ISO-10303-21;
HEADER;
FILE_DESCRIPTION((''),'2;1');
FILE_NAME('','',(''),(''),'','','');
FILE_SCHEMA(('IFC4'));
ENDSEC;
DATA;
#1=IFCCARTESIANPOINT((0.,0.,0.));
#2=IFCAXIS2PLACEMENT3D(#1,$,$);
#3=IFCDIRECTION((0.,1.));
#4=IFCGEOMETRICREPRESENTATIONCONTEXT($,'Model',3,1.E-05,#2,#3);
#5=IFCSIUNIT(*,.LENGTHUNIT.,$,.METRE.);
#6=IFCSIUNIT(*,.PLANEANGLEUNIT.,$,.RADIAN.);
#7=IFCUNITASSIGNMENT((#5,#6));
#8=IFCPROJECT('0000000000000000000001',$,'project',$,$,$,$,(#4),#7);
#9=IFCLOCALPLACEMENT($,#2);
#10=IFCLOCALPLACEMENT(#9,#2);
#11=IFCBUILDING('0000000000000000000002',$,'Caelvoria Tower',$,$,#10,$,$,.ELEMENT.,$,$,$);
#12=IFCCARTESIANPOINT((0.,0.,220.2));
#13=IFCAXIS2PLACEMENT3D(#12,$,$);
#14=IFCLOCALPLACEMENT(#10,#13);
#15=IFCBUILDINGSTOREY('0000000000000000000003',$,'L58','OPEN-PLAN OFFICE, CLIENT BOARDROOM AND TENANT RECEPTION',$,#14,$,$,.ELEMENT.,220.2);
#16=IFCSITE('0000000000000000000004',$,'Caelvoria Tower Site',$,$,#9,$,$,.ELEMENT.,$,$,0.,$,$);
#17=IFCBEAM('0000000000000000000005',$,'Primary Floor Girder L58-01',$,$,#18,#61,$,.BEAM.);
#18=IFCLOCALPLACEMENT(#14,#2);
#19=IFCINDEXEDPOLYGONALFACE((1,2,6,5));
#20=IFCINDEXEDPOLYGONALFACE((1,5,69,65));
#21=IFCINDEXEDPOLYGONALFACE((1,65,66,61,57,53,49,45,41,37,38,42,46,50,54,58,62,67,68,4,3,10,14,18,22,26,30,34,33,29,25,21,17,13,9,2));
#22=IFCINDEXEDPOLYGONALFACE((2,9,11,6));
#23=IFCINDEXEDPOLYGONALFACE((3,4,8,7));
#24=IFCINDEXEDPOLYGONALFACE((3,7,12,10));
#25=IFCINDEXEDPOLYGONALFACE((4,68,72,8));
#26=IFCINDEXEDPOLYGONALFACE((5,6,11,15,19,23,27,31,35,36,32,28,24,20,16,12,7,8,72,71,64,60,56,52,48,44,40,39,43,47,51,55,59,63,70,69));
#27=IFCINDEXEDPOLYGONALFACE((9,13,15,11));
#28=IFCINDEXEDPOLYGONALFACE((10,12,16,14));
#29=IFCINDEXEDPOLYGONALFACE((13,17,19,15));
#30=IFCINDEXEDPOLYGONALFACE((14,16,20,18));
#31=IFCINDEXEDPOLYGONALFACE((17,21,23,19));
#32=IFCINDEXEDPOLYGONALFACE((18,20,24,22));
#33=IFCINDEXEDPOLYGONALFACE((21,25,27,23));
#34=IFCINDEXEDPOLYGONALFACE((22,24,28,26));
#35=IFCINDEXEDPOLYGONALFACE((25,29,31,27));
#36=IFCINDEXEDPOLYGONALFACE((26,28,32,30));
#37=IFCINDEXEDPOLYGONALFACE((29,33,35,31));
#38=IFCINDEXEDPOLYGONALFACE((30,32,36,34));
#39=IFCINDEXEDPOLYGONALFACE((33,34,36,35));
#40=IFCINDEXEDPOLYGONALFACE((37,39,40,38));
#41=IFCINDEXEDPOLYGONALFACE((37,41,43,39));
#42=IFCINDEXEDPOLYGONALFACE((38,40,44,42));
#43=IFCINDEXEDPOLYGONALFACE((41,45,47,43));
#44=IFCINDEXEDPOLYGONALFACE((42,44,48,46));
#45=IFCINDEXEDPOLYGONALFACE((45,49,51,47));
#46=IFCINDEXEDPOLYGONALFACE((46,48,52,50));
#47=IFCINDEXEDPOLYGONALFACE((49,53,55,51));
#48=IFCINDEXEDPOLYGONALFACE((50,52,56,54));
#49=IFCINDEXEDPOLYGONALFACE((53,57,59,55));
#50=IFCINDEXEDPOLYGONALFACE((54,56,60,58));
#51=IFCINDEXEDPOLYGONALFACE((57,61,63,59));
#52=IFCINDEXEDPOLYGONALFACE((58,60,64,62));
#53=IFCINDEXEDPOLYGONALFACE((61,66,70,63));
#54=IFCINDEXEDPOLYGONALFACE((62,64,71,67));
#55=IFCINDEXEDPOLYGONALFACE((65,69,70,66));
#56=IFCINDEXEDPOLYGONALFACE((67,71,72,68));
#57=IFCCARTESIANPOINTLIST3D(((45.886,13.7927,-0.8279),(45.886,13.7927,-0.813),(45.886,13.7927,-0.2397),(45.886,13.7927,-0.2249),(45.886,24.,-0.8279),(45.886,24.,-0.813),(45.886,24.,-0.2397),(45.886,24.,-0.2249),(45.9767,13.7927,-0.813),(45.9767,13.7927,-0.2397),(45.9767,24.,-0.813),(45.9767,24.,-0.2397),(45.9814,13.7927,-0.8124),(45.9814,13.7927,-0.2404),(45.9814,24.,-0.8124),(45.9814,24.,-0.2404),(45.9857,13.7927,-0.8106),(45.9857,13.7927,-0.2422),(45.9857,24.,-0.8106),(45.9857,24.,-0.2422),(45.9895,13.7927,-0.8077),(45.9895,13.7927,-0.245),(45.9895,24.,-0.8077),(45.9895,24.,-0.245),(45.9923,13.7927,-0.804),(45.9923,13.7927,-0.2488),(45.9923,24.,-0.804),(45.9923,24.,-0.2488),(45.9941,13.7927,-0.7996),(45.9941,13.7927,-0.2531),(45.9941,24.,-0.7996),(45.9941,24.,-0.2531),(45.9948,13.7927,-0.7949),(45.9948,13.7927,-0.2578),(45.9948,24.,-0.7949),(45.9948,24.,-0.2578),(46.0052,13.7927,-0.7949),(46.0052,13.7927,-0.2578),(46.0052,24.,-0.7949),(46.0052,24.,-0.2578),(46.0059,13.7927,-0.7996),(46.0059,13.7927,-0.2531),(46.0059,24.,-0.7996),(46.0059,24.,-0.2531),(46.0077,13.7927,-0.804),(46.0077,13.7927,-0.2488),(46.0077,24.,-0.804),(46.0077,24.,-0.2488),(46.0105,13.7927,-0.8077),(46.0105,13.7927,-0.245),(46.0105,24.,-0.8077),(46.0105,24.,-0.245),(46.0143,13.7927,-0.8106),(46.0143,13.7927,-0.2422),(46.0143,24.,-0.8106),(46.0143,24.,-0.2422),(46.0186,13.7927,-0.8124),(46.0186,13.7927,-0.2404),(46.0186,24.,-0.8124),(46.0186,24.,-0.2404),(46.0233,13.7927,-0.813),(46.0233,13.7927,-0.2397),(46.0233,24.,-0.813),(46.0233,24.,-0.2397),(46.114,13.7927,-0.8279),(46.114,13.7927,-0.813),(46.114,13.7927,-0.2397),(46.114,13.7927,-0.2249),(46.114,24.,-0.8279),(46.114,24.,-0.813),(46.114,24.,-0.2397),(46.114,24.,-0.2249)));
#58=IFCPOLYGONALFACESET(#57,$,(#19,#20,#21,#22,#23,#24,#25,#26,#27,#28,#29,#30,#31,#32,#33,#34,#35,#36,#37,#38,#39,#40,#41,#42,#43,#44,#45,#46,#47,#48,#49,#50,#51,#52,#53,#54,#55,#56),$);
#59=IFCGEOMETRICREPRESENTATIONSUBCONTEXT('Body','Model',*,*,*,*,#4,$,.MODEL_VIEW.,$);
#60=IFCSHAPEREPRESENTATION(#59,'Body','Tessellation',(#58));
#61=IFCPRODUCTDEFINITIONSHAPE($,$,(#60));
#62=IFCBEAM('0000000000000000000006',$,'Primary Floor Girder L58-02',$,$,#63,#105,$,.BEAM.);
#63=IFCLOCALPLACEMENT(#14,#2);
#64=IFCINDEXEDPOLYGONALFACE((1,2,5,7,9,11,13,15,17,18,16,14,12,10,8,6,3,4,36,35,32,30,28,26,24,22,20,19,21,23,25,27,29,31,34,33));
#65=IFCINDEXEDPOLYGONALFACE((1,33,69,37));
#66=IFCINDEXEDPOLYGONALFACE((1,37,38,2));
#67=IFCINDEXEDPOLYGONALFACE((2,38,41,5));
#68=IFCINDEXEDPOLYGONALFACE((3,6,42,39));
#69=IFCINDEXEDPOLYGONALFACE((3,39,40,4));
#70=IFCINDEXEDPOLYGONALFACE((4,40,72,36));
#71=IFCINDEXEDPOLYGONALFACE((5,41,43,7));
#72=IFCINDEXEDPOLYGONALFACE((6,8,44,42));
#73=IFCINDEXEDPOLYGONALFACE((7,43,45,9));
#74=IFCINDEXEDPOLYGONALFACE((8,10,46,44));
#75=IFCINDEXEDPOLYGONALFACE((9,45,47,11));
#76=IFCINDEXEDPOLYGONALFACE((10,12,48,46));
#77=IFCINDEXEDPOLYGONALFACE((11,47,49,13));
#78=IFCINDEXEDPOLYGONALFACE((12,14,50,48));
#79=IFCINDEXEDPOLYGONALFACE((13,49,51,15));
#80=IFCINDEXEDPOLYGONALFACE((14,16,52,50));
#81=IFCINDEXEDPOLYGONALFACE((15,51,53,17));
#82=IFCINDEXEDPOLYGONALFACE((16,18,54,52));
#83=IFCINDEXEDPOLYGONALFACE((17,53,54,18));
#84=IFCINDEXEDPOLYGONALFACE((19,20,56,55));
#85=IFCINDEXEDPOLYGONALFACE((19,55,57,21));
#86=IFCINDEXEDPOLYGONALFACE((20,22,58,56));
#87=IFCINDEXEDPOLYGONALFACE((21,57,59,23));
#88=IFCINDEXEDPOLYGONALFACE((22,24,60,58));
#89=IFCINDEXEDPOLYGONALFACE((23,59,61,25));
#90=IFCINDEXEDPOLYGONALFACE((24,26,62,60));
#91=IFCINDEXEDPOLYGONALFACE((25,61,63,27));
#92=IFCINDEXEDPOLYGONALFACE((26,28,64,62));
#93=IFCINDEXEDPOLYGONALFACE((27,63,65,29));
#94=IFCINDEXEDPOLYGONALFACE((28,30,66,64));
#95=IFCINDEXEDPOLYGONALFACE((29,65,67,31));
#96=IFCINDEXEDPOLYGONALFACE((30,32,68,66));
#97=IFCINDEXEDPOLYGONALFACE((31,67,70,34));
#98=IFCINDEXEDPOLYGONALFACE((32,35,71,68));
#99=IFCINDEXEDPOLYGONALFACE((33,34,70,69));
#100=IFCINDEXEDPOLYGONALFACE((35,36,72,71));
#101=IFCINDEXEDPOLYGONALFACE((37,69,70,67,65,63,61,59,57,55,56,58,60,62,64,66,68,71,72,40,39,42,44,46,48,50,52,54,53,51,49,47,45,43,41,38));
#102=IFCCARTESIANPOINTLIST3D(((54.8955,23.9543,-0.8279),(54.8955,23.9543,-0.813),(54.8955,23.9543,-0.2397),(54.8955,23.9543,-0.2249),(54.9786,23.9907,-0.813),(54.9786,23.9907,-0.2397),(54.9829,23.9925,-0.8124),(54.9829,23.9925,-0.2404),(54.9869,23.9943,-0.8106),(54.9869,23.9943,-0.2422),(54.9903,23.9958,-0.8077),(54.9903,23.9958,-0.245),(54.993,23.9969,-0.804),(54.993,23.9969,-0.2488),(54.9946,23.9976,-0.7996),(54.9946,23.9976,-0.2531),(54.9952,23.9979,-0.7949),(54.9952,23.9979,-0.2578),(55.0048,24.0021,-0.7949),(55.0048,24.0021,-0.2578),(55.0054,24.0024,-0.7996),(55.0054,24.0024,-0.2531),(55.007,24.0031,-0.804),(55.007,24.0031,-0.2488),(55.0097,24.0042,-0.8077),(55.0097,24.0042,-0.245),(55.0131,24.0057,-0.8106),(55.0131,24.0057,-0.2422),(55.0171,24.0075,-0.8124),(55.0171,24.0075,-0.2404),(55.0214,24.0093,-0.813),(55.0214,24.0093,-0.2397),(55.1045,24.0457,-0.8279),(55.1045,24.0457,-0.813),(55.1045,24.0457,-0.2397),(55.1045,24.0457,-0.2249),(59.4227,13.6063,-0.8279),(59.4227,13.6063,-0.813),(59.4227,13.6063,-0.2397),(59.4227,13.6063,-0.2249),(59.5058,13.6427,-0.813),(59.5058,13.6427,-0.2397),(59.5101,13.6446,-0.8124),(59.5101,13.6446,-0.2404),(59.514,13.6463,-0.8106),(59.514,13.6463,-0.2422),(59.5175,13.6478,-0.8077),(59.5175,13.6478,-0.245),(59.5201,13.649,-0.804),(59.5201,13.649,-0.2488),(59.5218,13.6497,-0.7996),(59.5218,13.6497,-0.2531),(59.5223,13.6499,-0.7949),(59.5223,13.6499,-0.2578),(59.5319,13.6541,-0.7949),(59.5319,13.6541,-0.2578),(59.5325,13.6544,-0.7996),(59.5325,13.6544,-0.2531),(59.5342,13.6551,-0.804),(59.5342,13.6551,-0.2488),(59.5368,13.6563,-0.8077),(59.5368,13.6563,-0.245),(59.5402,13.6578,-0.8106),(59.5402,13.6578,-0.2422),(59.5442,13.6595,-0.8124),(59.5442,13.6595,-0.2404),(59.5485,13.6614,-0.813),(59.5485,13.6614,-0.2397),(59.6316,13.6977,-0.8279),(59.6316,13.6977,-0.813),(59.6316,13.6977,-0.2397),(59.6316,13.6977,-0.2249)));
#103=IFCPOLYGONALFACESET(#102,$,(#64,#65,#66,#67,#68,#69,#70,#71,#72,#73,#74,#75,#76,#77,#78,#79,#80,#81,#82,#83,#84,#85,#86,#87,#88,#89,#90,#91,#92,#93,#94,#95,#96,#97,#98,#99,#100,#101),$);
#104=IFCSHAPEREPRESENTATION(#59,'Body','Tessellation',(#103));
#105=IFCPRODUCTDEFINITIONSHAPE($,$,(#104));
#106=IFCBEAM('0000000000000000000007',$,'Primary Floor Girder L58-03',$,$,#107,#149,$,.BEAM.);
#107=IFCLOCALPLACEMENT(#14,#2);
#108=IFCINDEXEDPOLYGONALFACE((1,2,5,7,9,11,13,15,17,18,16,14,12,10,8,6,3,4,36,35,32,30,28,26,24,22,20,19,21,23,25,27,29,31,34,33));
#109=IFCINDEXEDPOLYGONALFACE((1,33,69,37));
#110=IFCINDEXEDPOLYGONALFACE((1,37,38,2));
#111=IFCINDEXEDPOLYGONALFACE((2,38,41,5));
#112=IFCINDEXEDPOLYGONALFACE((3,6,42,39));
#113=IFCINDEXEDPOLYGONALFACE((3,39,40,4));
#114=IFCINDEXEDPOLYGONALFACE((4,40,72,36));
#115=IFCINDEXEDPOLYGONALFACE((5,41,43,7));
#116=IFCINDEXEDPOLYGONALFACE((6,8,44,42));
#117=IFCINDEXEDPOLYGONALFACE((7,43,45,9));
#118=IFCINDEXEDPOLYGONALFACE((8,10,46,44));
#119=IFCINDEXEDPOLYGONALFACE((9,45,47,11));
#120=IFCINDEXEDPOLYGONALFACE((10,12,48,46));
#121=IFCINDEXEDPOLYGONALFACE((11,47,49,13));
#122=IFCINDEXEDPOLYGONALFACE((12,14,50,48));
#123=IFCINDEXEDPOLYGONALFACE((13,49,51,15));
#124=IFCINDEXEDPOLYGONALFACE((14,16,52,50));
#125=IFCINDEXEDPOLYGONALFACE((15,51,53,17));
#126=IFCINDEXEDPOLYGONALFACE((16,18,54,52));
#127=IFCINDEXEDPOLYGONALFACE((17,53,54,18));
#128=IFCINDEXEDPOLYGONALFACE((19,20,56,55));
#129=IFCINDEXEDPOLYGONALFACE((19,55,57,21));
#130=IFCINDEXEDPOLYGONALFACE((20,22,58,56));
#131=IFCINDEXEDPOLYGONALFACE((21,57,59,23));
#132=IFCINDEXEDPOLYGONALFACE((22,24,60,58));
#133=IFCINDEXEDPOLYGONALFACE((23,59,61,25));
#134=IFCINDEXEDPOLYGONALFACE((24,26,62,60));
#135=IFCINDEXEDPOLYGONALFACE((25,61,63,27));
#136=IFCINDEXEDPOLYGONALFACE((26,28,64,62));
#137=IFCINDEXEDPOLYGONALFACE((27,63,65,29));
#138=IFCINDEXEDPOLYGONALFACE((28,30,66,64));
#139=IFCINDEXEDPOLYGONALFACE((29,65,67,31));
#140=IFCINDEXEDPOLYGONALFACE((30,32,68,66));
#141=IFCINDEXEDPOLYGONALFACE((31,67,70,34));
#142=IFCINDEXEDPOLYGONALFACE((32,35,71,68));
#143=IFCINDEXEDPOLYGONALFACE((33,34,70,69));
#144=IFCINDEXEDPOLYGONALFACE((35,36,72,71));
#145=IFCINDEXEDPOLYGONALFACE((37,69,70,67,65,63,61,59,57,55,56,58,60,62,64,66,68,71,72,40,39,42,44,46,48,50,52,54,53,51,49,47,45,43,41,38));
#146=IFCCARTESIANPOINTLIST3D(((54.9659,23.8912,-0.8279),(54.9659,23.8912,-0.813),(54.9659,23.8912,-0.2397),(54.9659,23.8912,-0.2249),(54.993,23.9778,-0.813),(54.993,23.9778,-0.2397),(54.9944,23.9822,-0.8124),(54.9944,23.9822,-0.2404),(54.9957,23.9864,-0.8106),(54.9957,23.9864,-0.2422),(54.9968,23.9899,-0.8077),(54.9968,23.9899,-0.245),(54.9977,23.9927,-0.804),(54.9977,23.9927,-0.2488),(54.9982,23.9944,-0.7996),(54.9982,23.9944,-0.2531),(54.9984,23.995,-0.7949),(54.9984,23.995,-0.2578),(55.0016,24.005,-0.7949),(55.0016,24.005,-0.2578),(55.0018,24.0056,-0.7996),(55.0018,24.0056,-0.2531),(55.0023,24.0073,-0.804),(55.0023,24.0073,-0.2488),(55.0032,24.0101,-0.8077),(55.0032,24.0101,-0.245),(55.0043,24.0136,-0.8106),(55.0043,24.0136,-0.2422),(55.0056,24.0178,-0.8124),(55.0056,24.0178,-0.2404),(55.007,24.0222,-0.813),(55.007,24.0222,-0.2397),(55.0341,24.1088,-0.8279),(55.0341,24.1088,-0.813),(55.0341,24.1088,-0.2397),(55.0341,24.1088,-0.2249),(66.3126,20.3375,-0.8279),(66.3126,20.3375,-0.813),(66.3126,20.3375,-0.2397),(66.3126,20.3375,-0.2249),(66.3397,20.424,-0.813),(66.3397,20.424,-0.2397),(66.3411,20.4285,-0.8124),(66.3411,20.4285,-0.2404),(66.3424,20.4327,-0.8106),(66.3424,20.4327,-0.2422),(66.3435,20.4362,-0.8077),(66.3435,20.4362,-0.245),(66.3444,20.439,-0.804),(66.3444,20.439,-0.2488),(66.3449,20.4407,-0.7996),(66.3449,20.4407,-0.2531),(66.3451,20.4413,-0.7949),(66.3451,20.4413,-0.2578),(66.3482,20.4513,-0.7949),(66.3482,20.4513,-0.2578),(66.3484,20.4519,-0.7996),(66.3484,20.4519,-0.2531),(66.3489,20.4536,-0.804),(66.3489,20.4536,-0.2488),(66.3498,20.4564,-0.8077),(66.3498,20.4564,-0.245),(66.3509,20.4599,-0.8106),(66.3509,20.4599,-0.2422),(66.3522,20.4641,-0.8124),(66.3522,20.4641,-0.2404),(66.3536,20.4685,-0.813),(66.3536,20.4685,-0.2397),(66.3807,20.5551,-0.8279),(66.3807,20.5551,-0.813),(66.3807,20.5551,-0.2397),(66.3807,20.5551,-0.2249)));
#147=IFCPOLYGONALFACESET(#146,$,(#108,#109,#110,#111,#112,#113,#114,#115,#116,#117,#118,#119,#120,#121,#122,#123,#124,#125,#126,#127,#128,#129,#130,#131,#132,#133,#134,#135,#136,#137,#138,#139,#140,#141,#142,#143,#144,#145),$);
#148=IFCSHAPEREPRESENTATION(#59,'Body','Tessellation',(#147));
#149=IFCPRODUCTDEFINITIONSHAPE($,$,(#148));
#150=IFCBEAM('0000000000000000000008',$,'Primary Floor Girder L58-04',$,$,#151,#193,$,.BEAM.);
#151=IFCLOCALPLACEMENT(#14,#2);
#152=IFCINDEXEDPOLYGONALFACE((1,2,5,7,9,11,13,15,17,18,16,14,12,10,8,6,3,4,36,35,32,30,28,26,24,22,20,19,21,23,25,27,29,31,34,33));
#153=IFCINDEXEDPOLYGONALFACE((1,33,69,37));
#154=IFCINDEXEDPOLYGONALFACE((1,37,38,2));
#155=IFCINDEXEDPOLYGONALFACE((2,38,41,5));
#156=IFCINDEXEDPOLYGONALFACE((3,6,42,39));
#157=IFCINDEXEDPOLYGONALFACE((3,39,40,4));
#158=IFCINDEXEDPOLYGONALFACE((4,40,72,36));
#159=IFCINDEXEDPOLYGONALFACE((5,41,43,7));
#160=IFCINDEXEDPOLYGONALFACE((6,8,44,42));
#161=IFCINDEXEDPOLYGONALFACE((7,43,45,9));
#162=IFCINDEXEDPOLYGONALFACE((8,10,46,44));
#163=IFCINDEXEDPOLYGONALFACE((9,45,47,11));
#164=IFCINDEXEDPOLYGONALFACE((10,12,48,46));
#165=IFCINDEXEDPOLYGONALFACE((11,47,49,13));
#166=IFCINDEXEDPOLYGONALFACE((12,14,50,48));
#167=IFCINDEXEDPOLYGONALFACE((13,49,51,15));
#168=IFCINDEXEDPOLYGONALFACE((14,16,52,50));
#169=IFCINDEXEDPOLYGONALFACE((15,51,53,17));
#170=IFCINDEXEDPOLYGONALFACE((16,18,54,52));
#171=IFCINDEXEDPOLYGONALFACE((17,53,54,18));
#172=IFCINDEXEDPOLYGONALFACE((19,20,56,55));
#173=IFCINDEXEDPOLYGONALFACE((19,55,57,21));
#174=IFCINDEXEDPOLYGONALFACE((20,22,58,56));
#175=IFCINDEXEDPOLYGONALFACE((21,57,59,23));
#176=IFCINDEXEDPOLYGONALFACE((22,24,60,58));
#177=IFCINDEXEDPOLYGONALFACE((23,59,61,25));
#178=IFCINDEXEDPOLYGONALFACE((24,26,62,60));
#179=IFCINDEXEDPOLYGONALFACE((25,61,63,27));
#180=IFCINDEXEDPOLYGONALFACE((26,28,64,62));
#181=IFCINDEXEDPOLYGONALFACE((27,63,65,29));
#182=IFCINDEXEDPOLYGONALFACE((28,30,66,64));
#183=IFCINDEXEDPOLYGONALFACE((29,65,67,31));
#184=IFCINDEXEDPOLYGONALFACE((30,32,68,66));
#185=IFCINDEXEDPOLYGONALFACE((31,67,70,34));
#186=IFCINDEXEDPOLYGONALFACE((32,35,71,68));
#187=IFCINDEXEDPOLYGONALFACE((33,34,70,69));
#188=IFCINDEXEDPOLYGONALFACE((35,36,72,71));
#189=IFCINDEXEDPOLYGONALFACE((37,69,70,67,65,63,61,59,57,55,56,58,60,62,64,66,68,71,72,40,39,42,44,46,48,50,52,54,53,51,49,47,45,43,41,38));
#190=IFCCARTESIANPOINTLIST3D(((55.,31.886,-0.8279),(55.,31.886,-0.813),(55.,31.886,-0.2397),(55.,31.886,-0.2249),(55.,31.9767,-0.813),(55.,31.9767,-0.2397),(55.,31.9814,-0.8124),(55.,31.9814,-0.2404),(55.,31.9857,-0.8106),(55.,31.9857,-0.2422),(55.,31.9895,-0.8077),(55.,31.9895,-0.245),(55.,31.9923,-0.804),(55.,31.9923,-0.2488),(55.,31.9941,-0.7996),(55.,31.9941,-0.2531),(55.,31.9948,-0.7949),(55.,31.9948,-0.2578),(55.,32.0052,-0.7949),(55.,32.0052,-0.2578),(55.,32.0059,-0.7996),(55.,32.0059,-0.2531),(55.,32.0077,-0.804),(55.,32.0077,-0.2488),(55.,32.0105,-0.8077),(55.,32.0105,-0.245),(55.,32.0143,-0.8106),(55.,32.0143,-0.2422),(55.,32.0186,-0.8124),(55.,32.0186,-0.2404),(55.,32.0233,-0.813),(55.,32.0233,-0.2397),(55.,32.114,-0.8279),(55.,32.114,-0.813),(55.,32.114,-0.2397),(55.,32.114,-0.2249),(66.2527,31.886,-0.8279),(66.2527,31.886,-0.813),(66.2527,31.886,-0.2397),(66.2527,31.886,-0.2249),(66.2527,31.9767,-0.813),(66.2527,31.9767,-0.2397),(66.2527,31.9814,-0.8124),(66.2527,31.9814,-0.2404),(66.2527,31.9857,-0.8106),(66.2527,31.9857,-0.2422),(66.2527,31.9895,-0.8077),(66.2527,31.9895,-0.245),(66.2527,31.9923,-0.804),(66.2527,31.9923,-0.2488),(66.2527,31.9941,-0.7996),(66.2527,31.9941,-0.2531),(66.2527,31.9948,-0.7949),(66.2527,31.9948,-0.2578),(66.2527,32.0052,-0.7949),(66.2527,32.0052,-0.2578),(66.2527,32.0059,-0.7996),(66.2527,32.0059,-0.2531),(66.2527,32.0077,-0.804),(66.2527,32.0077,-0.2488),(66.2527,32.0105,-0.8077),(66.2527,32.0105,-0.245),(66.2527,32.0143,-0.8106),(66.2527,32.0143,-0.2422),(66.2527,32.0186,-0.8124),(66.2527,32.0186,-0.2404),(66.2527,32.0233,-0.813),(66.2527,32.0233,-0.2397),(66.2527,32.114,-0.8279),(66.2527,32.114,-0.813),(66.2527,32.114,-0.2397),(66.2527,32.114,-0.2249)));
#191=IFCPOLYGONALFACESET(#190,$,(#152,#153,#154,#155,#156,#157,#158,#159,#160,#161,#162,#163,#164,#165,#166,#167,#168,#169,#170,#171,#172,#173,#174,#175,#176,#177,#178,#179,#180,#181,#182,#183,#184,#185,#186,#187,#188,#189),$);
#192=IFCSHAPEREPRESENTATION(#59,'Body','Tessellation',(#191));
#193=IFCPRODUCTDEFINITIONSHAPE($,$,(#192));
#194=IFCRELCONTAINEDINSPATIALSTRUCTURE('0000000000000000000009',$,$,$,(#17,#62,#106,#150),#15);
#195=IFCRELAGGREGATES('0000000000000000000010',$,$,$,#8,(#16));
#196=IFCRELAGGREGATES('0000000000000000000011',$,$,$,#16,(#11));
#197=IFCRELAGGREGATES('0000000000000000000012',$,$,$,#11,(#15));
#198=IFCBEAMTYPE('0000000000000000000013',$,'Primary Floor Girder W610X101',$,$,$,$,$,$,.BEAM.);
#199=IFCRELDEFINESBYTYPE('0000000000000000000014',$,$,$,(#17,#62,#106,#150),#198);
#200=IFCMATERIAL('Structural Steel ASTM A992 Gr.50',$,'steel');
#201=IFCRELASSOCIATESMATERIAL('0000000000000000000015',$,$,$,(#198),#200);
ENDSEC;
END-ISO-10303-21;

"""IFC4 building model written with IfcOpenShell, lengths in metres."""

from ifc_helpers import new_model, si_unit, direction, frame, origin, origin_2d, place, context, subcontext, project, spatial, i_section, extrude, material, material_profile, profile_set, type_object, element, save


model = new_model("IFC4")

# Units and contexts
model_context = context("Model", 3, precision=1e-05, world=origin(), true_north=direction((0.0, 1.0)))
body_context = subcontext(model_context, "Body", "Model", "MODEL_VIEW")
ifc_project = project(units=[si_unit("LENGTHUNIT", "METRE"), si_unit("PLANEANGLEUNIT", "RADIAN")], contexts=[model_context])

# Site, building, storey
site_placement = place(None, origin())
site = spatial("IfcSite", under=ifc_project, at=site_placement, Name="Caelvoria Tower Site", CompositionType="ELEMENT", RefElevation=0.0)
building_placement = place(site_placement, origin())
building = spatial("IfcBuilding", under=site, at=building_placement, Name="Caelvoria Tower", CompositionType="ELEMENT")
storey_placement = place(building_placement, frame((0.0, 0.0, 220.2)))
storey = spatial("IfcBuildingStorey", under=building, at=storey_placement, Name="L58", Description="OPEN-PLAN OFFICE, CLIENT BOARDROOM AND TENANT RECEPTION", CompositionType="ELEMENT", Elevation=220.2)

# Beams
ifc_material_1 = material(Name="Structural Steel ASTM A992 Gr.50", Category="steel")
ifc_material_profile_1 = material_profile(ifc_material_1, i_section(OverallWidth=0.228, OverallDepth=0.603, WebThickness=0.0105, FlangeThickness=0.0149, FilletRadius=0.0181, at=origin_2d()), Name="Structural Steel ASTM A992 Gr.50")
ifc_profile_set_1 = profile_set([ifc_material_profile_1], Name="W610X101 - Structural Steel ASTM A992 Gr.50")
beam_type_1 = type_object("IfcBeamType", Name="Primary Floor Girder W610X101", PredefinedType="BEAM", material=ifc_profile_set_1)
beam_1_placement = place(storey_placement, frame((46.0, 24.0, -0.5264), z_axis=(0.0, -1.0, 0.0), x_axis=(1.0, 0.0, 0.0)))
element("IfcBeam", 1, at=beam_1_placement, inside=storey, type_object=beam_type_1, Name="Primary Floor Girder L58-01", PredefinedType="BEAM", context=body_context, shape_type="SweptSolid", body=[
    extrude(i_section(OverallWidth=0.228, OverallDepth=0.603, WebThickness=0.0105, FlangeThickness=0.0149, FilletRadius=0.0181, at=origin_2d()), origin(), (0.0, 0.0, 1.0), 10.2073),
])
beam_2_placement = place(storey_placement, frame((55.0, 24.0, -0.5264), z_axis=(0.400811, -0.916161, 0.0), x_axis=(0.916161, 0.400811, 0.0)))
element("IfcBeam", 2, at=beam_2_placement, inside=storey, type_object=beam_type_1, Name="Primary Floor Girder L58-02", PredefinedType="BEAM", context=body_context, shape_type="SweptSolid", body=[
    extrude(i_section(OverallWidth=0.228, OverallDepth=0.603, WebThickness=0.0105, FlangeThickness=0.0149, FilletRadius=0.0181, at=origin_2d()), origin(), (0.0, 0.0, 1.0), 11.2949),
])
beam_3_placement = place(storey_placement, frame((55.0, 24.0, -0.5264), z_axis=(0.954291, -0.298878, 0.0), x_axis=(0.298878, 0.954291, 0.0)))
element("IfcBeam", 3, at=beam_3_placement, inside=storey, type_object=beam_type_1, Name="Primary Floor Girder L58-03", PredefinedType="BEAM", context=body_context, shape_type="SweptSolid", body=[
    extrude(i_section(OverallWidth=0.228, OverallDepth=0.603, WebThickness=0.0105, FlangeThickness=0.0149, FilletRadius=0.0181, at=origin_2d()), origin(), (0.0, 0.0, 1.0), 11.8901),
])
beam_4_placement = place(storey_placement, frame((55.0, 32.0, -0.5264), z_axis=(1.0, 0.0, 0.0), x_axis=(0.0, 1.0, 0.0)))
element("IfcBeam", 4, at=beam_4_placement, inside=storey, type_object=beam_type_1, Name="Primary Floor Girder L58-04", PredefinedType="BEAM", context=body_context, shape_type="SweptSolid", body=[
    extrude(i_section(OverallWidth=0.228, OverallDepth=0.603, WebThickness=0.0105, FlangeThickness=0.0149, FilletRadius=0.0181, at=origin_2d()), origin(), (0.0, 0.0, 1.0), 11.2527),
])

save(model, "model.ifc")
